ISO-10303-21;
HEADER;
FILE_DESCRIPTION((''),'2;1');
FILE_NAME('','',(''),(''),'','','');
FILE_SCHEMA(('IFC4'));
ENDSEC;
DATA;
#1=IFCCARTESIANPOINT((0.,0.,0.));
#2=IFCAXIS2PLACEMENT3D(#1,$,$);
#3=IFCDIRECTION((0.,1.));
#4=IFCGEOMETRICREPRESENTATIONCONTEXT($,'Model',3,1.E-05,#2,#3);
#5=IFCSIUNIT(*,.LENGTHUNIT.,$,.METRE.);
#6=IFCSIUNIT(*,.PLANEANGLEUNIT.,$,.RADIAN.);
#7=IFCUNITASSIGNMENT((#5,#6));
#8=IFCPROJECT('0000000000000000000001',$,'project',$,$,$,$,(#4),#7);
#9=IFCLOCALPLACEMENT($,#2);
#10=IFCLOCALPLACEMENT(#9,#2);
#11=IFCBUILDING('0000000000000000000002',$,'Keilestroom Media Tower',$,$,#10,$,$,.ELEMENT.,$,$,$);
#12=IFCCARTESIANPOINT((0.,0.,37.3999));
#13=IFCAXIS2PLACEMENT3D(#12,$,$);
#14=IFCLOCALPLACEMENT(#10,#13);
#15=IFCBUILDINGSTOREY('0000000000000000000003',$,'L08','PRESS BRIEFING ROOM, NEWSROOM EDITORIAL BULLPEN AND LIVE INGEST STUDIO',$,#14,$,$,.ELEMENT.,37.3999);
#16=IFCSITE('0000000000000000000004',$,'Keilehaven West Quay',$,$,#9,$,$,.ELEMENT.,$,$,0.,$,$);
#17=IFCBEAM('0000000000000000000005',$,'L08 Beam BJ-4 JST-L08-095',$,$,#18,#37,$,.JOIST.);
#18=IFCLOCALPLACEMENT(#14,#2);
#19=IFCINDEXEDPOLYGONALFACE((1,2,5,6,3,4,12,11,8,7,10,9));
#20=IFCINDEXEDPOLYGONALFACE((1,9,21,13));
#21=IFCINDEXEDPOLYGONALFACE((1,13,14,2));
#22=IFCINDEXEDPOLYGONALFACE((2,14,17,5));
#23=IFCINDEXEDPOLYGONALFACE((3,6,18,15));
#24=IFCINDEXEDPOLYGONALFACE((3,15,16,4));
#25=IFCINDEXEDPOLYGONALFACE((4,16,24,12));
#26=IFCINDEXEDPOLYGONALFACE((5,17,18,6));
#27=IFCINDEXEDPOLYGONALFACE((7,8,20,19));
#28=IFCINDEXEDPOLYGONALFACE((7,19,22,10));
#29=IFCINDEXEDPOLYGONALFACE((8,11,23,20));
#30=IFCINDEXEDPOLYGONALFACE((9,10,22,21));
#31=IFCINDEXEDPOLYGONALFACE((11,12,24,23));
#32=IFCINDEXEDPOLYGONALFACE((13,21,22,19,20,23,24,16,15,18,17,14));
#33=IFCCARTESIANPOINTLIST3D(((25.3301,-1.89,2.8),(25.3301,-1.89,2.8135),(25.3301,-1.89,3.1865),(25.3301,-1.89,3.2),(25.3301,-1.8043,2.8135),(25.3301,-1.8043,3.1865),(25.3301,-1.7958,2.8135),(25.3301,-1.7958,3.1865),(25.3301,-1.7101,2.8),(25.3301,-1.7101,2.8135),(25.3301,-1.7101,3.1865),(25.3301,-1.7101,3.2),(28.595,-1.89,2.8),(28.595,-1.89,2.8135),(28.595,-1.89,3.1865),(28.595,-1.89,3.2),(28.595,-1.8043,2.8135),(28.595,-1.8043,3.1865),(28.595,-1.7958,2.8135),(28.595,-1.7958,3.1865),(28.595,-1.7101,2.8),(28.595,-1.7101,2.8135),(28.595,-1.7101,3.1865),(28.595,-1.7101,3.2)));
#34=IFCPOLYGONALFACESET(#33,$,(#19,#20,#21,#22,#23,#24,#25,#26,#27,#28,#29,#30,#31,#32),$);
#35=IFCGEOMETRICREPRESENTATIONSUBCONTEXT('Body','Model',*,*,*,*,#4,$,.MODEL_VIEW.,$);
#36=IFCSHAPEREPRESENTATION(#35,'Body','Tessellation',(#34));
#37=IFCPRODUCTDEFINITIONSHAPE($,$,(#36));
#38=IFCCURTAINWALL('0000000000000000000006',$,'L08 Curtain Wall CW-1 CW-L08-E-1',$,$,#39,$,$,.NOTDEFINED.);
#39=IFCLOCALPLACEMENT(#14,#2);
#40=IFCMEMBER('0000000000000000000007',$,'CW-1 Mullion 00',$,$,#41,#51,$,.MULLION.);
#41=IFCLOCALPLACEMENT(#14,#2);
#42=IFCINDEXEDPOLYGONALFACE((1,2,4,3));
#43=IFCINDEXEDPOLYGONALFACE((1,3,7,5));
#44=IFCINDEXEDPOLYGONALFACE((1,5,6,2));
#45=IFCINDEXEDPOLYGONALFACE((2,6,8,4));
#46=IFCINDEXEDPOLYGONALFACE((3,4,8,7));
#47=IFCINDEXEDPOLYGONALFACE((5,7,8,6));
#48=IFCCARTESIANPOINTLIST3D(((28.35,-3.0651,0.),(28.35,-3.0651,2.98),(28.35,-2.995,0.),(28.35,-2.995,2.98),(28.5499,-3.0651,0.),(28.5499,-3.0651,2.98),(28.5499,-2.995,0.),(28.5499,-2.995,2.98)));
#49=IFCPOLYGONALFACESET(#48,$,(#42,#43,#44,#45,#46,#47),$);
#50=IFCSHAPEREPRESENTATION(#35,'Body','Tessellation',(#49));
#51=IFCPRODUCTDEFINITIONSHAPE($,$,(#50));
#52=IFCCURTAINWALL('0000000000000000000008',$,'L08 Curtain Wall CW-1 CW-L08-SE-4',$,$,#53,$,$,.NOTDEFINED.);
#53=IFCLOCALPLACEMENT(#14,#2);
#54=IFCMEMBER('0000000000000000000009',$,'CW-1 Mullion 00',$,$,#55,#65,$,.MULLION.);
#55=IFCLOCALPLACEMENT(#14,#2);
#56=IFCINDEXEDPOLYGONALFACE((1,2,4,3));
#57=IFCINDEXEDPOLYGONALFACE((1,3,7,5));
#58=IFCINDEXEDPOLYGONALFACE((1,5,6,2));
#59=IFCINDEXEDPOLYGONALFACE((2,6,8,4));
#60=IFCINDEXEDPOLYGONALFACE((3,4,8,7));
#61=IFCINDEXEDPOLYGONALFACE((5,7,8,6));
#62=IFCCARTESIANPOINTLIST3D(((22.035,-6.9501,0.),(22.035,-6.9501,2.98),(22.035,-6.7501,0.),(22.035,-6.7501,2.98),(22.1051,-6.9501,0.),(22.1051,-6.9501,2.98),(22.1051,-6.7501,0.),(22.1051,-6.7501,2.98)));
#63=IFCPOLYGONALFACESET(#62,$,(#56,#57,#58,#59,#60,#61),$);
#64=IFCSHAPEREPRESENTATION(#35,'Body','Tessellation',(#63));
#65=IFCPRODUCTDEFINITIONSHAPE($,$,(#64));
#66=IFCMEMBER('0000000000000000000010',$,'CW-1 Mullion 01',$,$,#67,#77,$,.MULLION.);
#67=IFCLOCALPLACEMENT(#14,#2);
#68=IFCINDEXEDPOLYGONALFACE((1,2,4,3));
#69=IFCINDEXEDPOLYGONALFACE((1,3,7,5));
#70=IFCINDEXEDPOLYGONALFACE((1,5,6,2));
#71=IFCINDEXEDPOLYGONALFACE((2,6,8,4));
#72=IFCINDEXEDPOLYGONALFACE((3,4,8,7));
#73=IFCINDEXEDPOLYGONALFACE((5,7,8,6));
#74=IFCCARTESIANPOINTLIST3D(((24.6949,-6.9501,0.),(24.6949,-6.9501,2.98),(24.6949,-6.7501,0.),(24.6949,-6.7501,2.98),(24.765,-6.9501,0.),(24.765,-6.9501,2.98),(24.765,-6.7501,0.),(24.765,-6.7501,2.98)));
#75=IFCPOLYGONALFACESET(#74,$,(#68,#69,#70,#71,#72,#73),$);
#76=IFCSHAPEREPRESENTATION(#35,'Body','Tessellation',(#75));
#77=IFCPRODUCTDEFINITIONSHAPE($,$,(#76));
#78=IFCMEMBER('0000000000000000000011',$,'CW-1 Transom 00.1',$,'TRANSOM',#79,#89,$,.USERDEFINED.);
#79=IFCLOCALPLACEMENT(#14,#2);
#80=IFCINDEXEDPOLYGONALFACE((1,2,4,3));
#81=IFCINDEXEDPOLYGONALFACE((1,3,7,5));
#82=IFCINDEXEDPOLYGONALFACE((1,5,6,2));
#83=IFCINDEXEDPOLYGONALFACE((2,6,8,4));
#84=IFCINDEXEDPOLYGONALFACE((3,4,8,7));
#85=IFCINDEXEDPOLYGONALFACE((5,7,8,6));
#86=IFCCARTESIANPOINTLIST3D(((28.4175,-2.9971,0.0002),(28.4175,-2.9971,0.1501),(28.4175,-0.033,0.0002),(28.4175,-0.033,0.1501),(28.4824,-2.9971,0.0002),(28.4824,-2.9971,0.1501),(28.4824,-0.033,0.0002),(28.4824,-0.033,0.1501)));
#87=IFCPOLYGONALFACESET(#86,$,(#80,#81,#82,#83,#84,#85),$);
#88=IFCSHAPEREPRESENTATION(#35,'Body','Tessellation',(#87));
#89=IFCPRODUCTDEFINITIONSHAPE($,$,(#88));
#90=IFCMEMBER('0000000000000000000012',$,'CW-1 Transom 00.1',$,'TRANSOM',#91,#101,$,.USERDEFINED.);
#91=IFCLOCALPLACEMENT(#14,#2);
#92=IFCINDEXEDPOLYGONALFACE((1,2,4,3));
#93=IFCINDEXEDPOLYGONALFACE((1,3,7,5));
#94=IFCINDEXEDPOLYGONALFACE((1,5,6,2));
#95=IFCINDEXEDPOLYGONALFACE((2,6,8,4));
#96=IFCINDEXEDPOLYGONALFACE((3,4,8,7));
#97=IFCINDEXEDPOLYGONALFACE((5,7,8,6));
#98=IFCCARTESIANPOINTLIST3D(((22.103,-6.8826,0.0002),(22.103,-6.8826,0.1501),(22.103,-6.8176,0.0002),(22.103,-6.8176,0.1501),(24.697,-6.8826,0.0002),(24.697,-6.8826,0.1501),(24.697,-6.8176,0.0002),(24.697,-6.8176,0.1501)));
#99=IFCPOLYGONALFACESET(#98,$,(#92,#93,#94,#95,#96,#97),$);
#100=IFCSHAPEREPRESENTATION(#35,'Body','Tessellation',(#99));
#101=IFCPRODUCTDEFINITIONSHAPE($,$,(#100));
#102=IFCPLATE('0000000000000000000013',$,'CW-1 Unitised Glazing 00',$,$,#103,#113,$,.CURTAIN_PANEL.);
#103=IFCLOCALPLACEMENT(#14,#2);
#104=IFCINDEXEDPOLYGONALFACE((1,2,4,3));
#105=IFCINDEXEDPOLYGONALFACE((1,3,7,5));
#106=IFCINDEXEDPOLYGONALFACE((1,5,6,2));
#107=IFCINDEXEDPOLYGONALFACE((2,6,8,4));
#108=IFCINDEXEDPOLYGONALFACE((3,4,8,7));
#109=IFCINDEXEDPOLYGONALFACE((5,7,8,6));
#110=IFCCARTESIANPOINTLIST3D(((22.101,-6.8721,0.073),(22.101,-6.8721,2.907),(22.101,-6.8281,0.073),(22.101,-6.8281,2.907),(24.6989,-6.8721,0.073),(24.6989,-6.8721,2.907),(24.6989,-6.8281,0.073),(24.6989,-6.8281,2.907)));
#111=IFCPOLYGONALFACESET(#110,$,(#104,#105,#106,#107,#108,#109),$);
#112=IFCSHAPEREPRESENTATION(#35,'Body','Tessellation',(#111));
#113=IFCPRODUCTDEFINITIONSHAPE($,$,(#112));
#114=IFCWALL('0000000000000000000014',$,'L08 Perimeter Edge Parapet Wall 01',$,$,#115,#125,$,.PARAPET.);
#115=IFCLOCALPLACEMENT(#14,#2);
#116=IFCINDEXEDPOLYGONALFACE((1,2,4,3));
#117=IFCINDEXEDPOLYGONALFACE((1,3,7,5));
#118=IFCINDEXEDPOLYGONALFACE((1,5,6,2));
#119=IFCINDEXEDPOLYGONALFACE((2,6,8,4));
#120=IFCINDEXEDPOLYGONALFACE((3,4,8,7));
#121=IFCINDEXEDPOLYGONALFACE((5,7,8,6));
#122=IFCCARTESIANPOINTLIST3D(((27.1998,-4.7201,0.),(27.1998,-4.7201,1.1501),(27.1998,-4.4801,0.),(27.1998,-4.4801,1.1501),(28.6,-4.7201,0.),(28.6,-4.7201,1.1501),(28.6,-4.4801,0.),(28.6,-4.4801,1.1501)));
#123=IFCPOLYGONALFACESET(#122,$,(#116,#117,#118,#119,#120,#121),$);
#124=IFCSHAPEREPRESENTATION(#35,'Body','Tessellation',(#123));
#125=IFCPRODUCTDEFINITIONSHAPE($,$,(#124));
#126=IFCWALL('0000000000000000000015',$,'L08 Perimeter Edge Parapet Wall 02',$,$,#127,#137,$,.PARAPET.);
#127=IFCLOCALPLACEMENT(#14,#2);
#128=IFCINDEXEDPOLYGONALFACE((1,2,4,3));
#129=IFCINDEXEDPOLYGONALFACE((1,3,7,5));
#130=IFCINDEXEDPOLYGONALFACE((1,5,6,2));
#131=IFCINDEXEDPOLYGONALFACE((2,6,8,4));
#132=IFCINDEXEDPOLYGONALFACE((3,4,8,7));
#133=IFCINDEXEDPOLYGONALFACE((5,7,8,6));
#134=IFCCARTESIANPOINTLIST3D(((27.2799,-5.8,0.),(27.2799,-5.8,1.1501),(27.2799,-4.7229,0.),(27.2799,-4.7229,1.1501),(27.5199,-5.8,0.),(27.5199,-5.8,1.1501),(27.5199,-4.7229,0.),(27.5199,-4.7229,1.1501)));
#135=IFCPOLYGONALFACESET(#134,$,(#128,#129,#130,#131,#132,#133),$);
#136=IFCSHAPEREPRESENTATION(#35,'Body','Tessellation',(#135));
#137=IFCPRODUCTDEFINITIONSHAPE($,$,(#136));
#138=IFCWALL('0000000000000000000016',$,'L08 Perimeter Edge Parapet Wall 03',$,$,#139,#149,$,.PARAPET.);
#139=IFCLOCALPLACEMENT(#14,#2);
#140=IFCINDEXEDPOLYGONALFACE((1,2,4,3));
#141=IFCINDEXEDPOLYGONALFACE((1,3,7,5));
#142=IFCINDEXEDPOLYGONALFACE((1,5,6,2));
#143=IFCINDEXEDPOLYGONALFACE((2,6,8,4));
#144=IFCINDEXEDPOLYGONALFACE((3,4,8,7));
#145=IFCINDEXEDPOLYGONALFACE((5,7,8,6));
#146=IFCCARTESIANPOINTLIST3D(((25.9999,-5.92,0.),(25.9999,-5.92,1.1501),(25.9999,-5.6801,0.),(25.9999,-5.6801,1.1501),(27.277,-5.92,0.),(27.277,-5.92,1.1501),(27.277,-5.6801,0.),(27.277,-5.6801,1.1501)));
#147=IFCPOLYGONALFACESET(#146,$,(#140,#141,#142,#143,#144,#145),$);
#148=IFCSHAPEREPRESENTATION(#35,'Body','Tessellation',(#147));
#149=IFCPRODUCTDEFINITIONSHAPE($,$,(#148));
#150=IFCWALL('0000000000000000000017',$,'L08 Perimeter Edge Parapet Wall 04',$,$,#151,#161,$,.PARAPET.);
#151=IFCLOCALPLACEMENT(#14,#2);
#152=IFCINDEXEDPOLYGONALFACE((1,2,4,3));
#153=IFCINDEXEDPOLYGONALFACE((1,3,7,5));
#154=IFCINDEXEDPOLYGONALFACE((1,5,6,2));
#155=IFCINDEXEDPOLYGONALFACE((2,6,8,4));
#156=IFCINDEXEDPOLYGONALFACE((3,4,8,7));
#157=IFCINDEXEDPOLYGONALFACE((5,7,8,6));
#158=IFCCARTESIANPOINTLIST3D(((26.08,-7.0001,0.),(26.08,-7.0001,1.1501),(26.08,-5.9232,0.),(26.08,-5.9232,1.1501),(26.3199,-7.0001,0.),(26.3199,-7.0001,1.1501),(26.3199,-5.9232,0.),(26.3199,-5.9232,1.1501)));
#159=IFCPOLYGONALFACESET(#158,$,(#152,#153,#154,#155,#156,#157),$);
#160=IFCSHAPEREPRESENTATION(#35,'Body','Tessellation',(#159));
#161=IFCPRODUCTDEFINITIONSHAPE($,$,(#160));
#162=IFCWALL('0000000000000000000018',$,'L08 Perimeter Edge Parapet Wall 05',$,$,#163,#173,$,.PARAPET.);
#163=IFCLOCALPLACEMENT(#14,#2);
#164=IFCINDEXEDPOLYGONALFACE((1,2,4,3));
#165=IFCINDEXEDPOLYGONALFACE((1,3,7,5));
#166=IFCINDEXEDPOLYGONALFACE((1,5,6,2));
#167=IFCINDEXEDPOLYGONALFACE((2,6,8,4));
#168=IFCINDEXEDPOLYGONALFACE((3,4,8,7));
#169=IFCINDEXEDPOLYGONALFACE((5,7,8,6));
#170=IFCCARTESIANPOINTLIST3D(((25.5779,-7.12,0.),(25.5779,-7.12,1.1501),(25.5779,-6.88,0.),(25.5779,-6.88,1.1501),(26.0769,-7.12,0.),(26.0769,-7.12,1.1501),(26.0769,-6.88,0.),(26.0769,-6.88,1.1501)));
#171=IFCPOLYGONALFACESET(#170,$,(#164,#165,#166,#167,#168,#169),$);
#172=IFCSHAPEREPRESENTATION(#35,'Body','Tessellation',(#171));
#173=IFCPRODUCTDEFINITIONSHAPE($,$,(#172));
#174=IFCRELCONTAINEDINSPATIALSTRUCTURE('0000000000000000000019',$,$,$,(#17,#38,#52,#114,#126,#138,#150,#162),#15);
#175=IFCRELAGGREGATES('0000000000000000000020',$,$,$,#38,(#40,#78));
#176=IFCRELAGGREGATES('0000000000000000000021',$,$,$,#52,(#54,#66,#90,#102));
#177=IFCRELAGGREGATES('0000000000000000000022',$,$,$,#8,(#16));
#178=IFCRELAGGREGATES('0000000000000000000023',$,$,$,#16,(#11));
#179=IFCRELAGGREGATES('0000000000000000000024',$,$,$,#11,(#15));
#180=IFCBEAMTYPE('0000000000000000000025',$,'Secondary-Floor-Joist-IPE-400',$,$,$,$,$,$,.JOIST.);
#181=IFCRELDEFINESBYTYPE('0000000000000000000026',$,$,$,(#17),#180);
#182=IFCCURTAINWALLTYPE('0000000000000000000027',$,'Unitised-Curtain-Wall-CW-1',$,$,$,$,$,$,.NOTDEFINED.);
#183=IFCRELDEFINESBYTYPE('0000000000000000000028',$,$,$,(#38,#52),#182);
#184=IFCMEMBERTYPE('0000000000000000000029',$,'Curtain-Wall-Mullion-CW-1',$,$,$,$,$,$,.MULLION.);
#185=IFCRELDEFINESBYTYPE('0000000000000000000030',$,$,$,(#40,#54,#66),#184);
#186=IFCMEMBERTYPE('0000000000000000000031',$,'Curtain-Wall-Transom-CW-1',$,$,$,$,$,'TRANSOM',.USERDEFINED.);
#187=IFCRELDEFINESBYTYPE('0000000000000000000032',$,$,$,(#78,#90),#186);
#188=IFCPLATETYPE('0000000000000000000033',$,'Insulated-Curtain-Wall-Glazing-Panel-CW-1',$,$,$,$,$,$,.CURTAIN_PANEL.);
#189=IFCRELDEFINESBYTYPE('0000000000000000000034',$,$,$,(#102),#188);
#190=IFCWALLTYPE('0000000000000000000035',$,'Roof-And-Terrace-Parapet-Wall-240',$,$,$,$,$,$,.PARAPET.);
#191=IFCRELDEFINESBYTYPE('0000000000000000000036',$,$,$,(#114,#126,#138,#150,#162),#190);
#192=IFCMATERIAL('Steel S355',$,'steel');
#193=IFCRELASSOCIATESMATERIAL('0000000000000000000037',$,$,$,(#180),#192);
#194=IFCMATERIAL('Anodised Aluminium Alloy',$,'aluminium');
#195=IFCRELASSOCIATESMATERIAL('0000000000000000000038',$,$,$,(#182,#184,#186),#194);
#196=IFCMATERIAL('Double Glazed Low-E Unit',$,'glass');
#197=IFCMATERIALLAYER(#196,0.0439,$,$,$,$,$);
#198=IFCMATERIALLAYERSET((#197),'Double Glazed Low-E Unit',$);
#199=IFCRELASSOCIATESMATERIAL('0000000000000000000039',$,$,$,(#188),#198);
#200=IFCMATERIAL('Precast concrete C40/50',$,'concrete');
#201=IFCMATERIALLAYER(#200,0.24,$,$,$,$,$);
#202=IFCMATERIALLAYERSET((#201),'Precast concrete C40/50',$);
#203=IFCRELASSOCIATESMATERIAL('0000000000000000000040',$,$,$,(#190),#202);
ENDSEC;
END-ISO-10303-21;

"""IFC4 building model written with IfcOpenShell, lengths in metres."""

from ifc_helpers import new_model, si_unit, direction, frame, frame_2d, origin, origin_2d, place, context, subcontext, project, spatial, rectangle, i_section, extrude, source, transform, mapped, material, layer, layer_set, material_profile, profile_set, type_object, element, aggregate, save


model = new_model("IFC4")

# Units and contexts
model_context = context("Model", 3, precision=1e-05, world=origin(), true_north=direction((0.0, 1.0)))
body_context = subcontext(model_context, "Body", "Model", "MODEL_VIEW")
ifc_project = project(units=[si_unit("LENGTHUNIT", "METRE"), si_unit("PLANEANGLEUNIT", "RADIAN")], contexts=[model_context])

# Site, building, storey
site_placement = place(None, origin())
site = spatial("IfcSite", under=ifc_project, at=site_placement, Name="Keilehaven West Quay", CompositionType="ELEMENT", RefElevation=0.0)
building_placement = place(site_placement, origin())
building = spatial("IfcBuilding", under=site, at=building_placement, Name="Keilestroom Media Tower", CompositionType="ELEMENT")
storey_placement = place(building_placement, frame((0.0, 0.0, 37.3999)))
storey = spatial("IfcBuildingStorey", under=building, at=storey_placement, Name="L08", Description="PRESS BRIEFING ROOM, NEWSROOM EDITORIAL BULLPEN AND LIVE INGEST STUDIO", CompositionType="ELEMENT", Elevation=37.3999)

# Shared definitions
ifc_material_1 = material(Name="Precast concrete C40/50", Category="concrete")

# Beam
ifc_material_2 = material(Name="Steel S355", Category="steel")
ifc_material_profile_1 = material_profile(ifc_material_2, i_section(OverallWidth=0.1799, OverallDepth=0.3999, WebThickness=0.0085, FlangeThickness=0.0134, at=origin_2d()), Name="IPE 400")
ifc_profile_set_1 = profile_set([ifc_material_profile_1], Name="Steel S355")
beam_type_1 = type_object("IfcBeamType", Name="Secondary-Floor-Joist-IPE-400", PredefinedType="JOIST", material=ifc_profile_set_1)
shared_shape_1 = source(origin(), body_context, "Body", "SweptSolid", [
    extrude(i_section(OverallWidth=0.1799, OverallDepth=0.3999, WebThickness=0.0085, FlangeThickness=0.0134, at=origin_2d()), origin(), (0.0, 0.0, 1.0), 3.2649),
])
beam_1_placement = place(storey_placement, frame((25.3301, -1.8, 3.0), z_axis=(1.0, 0.0, 0.0), x_axis=(0.0, 1.0, 0.0)))
element("IfcBeam", 1, at=beam_1_placement, inside=storey, type_object=beam_type_1, Name="L08 Beam BJ-4 JST-L08-095", PredefinedType="JOIST", context=body_context, shape_type="MappedRepresentation", body=[
    mapped(shared_shape_1, transform((0.0, 0.0, 0.0), x_axis=(1.0, 0.0, 0.0), y_axis=(0.0, 1.0, 0.0), z_axis=(0.0, 0.0, 1.0), scale=1.0)),
])

# Curtain wall, member
ifc_material_3 = material(Name="Anodised Aluminium Alloy", Category="aluminium")
curtain_wall_type = type_object("IfcCurtainWallType", Name="Unitised-Curtain-Wall-CW-1", PredefinedType="NOTDEFINED", material=ifc_material_3)
curtain_wall_1_placement = place(storey_placement, origin())
curtain_wall_1 = element("IfcCurtainWall", 2, at=curtain_wall_1_placement, inside=storey, type_object=curtain_wall_type, Name="L08 Curtain Wall CW-1 CW-L08-E-1", PredefinedType="NOTDEFINED")
ifc_material_profile_2 = material_profile(ifc_material_3, rectangle(XDim=0.0701, YDim=0.2, at=origin_2d()), Name="ALU MULLION 70x200")
ifc_profile_set_2 = profile_set([ifc_material_profile_2], Name="Anodised Aluminium Alloy")
member_type_1 = type_object("IfcMemberType", Name="Curtain-Wall-Mullion-CW-1", PredefinedType="MULLION", material=ifc_profile_set_2)
shared_shape_2 = source(origin(), body_context, "Body", "SweptSolid", [
    extrude(rectangle(XDim=0.0701, YDim=0.2, at=origin_2d()), origin(), (0.0, 0.0, 1.0), 2.98),
])
member_1_placement = place(storey_placement, frame((28.45, -3.03, 0.0), z_axis=(0.0, 0.0, 1.0), x_axis=(0.0, 1.0, 0.0)))
member_1 = element("IfcMember", 3, at=member_1_placement, type_object=member_type_1, Name="CW-1 Mullion 00", PredefinedType="MULLION", context=body_context, shape_type="MappedRepresentation", body=[
    mapped(shared_shape_2, transform((0.0, 0.0, 0.0), x_axis=(1.0, 0.0, 0.0), y_axis=(0.0, 1.0, 0.0), z_axis=(0.0, 0.0, 1.0), scale=1.0)),
])

# Curtain wall, members
curtain_wall_2_placement = place(storey_placement, origin())
curtain_wall_2 = element("IfcCurtainWall", 4, at=curtain_wall_2_placement, inside=storey, type_object=curtain_wall_type, Name="L08 Curtain Wall CW-1 CW-L08-SE-4", PredefinedType="NOTDEFINED")
member_2_placement = place(storey_placement, frame((22.0701, -6.8501, 0.0), z_axis=(0.0, 0.0, 1.0), x_axis=(1.0, 0.0, 0.0)))
member_2 = element("IfcMember", 5, at=member_2_placement, type_object=member_type_1, Name="CW-1 Mullion 00", PredefinedType="MULLION", context=body_context, shape_type="MappedRepresentation", body=[
    mapped(shared_shape_2, transform((0.0, 0.0, 0.0), x_axis=(1.0, 0.0, 0.0), y_axis=(0.0, 1.0, 0.0), z_axis=(0.0, 0.0, 1.0), scale=1.0)),
])
member_3_placement = place(storey_placement, frame((24.73, -6.8501, 0.0), z_axis=(0.0, 0.0, 1.0), x_axis=(1.0, 0.0, 0.0)))
member_3 = element("IfcMember", 6, at=member_3_placement, type_object=member_type_1, Name="CW-1 Mullion 01", PredefinedType="MULLION", context=body_context, shape_type="MappedRepresentation", body=[
    mapped(shared_shape_2, transform((0.0, 0.0, 0.0), x_axis=(1.0, 0.0, 0.0), y_axis=(0.0, 1.0, 0.0), z_axis=(0.0, 0.0, 1.0), scale=1.0)),
])

# Members
ifc_material_profile_3 = material_profile(ifc_material_3, rectangle(XDim=0.0649, YDim=0.1499, at=origin_2d()), Name="ALU TRANSOM 65x150")
ifc_profile_set_3 = profile_set([ifc_material_profile_3], Name="Anodised Aluminium Alloy")
member_type_2 = type_object("IfcMemberType", Name="Curtain-Wall-Transom-CW-1", ElementType="TRANSOM", PredefinedType="USERDEFINED", material=ifc_profile_set_3)
shared_shape_3 = source(origin(), body_context, "Body", "SweptSolid", [
    extrude(rectangle(XDim=0.0649, YDim=0.1499, at=origin_2d()), origin(), (0.0, 0.0, 1.0), 2.9641),
])
member_4_placement = place(storey_placement, frame((28.45, -2.9971, 0.0752), z_axis=(0.0, 1.0, 0.0), x_axis=(-1.0, 0.0, 0.0)))
member_4 = element("IfcMember", 7, at=member_4_placement, type_object=member_type_2, Name="CW-1 Transom 00.1", ObjectType="TRANSOM", PredefinedType="USERDEFINED", context=body_context, shape_type="MappedRepresentation", body=[
    mapped(shared_shape_3, transform((0.0, 0.0, 0.0), x_axis=(1.0, 0.0, 0.0), y_axis=(0.0, 1.0, 0.0), z_axis=(0.0, 0.0, 1.0), scale=1.0)),
])
aggregate(curtain_wall_1, [member_1, member_4])
shared_shape_4 = source(origin(), body_context, "Body", "SweptSolid", [
    extrude(rectangle(XDim=0.0649, YDim=0.1499, at=origin_2d()), origin(), (0.0, 0.0, 1.0), 2.594),
])
member_5_placement = place(storey_placement, frame((22.103, -6.8501, 0.0752), z_axis=(1.0, 0.0, 0.0), x_axis=(0.0, 1.0, 0.0)))
member_5 = element("IfcMember", 8, at=member_5_placement, type_object=member_type_2, Name="CW-1 Transom 00.1", ObjectType="TRANSOM", PredefinedType="USERDEFINED", context=body_context, shape_type="MappedRepresentation", body=[
    mapped(shared_shape_4, transform((0.0, 0.0, 0.0), x_axis=(1.0, 0.0, 0.0), y_axis=(0.0, 1.0, 0.0), z_axis=(0.0, 0.0, 1.0), scale=1.0)),
])

# Plate
ifc_material_4 = material(Name="Double Glazed Low-E Unit", Category="glass")
ifc_layer_1 = layer(ifc_material_4, 0.0439)
ifc_layer_set_1 = layer_set([ifc_layer_1], Name="Double Glazed Low-E Unit")
plate_type = type_object("IfcPlateType", Name="Insulated-Curtain-Wall-Glazing-Panel-CW-1", PredefinedType="CURTAIN_PANEL", material=ifc_layer_set_1)
shared_shape_5 = source(origin(), body_context, "Body", "SweptSolid", [
    extrude(rectangle(XDim=2.5979, YDim=0.0439, at=origin_2d()), origin(), (0.0, 0.0, 1.0), 2.834),
])
plate_placement = place(storey_placement, frame((23.3999, -6.8501, 0.073), z_axis=(0.0, 0.0, 1.0), x_axis=(1.0, 0.0, 0.0)))
plate = element("IfcPlate", 9, at=plate_placement, type_object=plate_type, Name="CW-1 Unitised Glazing 00", PredefinedType="CURTAIN_PANEL", context=body_context, shape_type="MappedRepresentation", body=[
    mapped(shared_shape_5, transform((0.0, 0.0, 0.0), x_axis=(1.0, 0.0, 0.0), y_axis=(0.0, 1.0, 0.0), z_axis=(0.0, 0.0, 1.0), scale=1.0)),
])
aggregate(curtain_wall_2, [member_2, member_3, member_5, plate])

# Walls
ifc_layer_2 = layer(ifc_material_1, 0.24)
ifc_layer_set_2 = layer_set([ifc_layer_2], Name="Precast concrete C40/50")
wall_type = type_object("IfcWallType", Name="Roof-And-Terrace-Parapet-Wall-240", PredefinedType="PARAPET", material=ifc_layer_set_2)
wall_1_placement = place(storey_placement, frame((28.6001, -4.6001, 0.0), z_axis=(0.0, 0.0, 1.0), x_axis=(-1.0, 0.0, 0.0)))
element("IfcWall", 10, at=wall_1_placement, inside=storey, type_object=wall_type, Name="L08 Perimeter Edge Parapet Wall 01", PredefinedType="PARAPET", context=body_context, shape_type="SweptSolid", body=[
    extrude(rectangle(XDim=1.4001, YDim=0.24, at=frame_2d((0.7002, 0.0))), origin(), (0.0, 0.0, 1.0), 1.1501),
])
wall_2_placement = place(storey_placement, frame((27.3999, -4.7229, 0.0), z_axis=(0.0, 0.0, 1.0), x_axis=(0.0, -1.0, 0.0)))
element("IfcWall", 11, at=wall_2_placement, inside=storey, type_object=wall_type, Name="L08 Perimeter Edge Parapet Wall 02", PredefinedType="PARAPET", context=body_context, shape_type="SweptSolid", body=[
    extrude(rectangle(XDim=1.0771, YDim=0.24, at=frame_2d((0.5386, 0.0))), origin(), (0.0, 0.0, 1.0), 1.1501),
])
wall_3_placement = place(storey_placement, frame((27.2771, -5.8, 0.0), z_axis=(0.0, 0.0, 1.0), x_axis=(-1.0, 0.0, 0.0)))
element("IfcWall", 12, at=wall_3_placement, inside=storey, type_object=wall_type, Name="L08 Perimeter Edge Parapet Wall 03", PredefinedType="PARAPET", context=body_context, shape_type="SweptSolid", body=[
    extrude(rectangle(XDim=1.2771, YDim=0.24, at=frame_2d((0.6387, 0.0))), origin(), (0.0, 0.0, 1.0), 1.1501),
])
wall_4_placement = place(storey_placement, frame((26.2, -5.9231, 0.0), z_axis=(0.0, 0.0, 1.0), x_axis=(0.0, -1.0, 0.0)))
element("IfcWall", 13, at=wall_4_placement, inside=storey, type_object=wall_type, Name="L08 Perimeter Edge Parapet Wall 04", PredefinedType="PARAPET", context=body_context, shape_type="SweptSolid", body=[
    extrude(rectangle(XDim=1.0769, YDim=0.24, at=frame_2d((0.5386, 0.0))), origin(), (0.0, 0.0, 1.0), 1.1501),
])
wall_5_placement = place(storey_placement, frame((26.0769, -7.0, 0.0), z_axis=(0.0, 0.0, 1.0), x_axis=(-1.0, 0.0, 0.0)))
element("IfcWall", 14, at=wall_5_placement, inside=storey, type_object=wall_type, Name="L08 Perimeter Edge Parapet Wall 05", PredefinedType="PARAPET", context=body_context, shape_type="SweptSolid", body=[
    extrude(rectangle(XDim=0.499, YDim=0.24, at=frame_2d((0.2495, 0.0))), origin(), (0.0, 0.0, 1.0), 1.1501),
])

save(model, "model.ifc")
